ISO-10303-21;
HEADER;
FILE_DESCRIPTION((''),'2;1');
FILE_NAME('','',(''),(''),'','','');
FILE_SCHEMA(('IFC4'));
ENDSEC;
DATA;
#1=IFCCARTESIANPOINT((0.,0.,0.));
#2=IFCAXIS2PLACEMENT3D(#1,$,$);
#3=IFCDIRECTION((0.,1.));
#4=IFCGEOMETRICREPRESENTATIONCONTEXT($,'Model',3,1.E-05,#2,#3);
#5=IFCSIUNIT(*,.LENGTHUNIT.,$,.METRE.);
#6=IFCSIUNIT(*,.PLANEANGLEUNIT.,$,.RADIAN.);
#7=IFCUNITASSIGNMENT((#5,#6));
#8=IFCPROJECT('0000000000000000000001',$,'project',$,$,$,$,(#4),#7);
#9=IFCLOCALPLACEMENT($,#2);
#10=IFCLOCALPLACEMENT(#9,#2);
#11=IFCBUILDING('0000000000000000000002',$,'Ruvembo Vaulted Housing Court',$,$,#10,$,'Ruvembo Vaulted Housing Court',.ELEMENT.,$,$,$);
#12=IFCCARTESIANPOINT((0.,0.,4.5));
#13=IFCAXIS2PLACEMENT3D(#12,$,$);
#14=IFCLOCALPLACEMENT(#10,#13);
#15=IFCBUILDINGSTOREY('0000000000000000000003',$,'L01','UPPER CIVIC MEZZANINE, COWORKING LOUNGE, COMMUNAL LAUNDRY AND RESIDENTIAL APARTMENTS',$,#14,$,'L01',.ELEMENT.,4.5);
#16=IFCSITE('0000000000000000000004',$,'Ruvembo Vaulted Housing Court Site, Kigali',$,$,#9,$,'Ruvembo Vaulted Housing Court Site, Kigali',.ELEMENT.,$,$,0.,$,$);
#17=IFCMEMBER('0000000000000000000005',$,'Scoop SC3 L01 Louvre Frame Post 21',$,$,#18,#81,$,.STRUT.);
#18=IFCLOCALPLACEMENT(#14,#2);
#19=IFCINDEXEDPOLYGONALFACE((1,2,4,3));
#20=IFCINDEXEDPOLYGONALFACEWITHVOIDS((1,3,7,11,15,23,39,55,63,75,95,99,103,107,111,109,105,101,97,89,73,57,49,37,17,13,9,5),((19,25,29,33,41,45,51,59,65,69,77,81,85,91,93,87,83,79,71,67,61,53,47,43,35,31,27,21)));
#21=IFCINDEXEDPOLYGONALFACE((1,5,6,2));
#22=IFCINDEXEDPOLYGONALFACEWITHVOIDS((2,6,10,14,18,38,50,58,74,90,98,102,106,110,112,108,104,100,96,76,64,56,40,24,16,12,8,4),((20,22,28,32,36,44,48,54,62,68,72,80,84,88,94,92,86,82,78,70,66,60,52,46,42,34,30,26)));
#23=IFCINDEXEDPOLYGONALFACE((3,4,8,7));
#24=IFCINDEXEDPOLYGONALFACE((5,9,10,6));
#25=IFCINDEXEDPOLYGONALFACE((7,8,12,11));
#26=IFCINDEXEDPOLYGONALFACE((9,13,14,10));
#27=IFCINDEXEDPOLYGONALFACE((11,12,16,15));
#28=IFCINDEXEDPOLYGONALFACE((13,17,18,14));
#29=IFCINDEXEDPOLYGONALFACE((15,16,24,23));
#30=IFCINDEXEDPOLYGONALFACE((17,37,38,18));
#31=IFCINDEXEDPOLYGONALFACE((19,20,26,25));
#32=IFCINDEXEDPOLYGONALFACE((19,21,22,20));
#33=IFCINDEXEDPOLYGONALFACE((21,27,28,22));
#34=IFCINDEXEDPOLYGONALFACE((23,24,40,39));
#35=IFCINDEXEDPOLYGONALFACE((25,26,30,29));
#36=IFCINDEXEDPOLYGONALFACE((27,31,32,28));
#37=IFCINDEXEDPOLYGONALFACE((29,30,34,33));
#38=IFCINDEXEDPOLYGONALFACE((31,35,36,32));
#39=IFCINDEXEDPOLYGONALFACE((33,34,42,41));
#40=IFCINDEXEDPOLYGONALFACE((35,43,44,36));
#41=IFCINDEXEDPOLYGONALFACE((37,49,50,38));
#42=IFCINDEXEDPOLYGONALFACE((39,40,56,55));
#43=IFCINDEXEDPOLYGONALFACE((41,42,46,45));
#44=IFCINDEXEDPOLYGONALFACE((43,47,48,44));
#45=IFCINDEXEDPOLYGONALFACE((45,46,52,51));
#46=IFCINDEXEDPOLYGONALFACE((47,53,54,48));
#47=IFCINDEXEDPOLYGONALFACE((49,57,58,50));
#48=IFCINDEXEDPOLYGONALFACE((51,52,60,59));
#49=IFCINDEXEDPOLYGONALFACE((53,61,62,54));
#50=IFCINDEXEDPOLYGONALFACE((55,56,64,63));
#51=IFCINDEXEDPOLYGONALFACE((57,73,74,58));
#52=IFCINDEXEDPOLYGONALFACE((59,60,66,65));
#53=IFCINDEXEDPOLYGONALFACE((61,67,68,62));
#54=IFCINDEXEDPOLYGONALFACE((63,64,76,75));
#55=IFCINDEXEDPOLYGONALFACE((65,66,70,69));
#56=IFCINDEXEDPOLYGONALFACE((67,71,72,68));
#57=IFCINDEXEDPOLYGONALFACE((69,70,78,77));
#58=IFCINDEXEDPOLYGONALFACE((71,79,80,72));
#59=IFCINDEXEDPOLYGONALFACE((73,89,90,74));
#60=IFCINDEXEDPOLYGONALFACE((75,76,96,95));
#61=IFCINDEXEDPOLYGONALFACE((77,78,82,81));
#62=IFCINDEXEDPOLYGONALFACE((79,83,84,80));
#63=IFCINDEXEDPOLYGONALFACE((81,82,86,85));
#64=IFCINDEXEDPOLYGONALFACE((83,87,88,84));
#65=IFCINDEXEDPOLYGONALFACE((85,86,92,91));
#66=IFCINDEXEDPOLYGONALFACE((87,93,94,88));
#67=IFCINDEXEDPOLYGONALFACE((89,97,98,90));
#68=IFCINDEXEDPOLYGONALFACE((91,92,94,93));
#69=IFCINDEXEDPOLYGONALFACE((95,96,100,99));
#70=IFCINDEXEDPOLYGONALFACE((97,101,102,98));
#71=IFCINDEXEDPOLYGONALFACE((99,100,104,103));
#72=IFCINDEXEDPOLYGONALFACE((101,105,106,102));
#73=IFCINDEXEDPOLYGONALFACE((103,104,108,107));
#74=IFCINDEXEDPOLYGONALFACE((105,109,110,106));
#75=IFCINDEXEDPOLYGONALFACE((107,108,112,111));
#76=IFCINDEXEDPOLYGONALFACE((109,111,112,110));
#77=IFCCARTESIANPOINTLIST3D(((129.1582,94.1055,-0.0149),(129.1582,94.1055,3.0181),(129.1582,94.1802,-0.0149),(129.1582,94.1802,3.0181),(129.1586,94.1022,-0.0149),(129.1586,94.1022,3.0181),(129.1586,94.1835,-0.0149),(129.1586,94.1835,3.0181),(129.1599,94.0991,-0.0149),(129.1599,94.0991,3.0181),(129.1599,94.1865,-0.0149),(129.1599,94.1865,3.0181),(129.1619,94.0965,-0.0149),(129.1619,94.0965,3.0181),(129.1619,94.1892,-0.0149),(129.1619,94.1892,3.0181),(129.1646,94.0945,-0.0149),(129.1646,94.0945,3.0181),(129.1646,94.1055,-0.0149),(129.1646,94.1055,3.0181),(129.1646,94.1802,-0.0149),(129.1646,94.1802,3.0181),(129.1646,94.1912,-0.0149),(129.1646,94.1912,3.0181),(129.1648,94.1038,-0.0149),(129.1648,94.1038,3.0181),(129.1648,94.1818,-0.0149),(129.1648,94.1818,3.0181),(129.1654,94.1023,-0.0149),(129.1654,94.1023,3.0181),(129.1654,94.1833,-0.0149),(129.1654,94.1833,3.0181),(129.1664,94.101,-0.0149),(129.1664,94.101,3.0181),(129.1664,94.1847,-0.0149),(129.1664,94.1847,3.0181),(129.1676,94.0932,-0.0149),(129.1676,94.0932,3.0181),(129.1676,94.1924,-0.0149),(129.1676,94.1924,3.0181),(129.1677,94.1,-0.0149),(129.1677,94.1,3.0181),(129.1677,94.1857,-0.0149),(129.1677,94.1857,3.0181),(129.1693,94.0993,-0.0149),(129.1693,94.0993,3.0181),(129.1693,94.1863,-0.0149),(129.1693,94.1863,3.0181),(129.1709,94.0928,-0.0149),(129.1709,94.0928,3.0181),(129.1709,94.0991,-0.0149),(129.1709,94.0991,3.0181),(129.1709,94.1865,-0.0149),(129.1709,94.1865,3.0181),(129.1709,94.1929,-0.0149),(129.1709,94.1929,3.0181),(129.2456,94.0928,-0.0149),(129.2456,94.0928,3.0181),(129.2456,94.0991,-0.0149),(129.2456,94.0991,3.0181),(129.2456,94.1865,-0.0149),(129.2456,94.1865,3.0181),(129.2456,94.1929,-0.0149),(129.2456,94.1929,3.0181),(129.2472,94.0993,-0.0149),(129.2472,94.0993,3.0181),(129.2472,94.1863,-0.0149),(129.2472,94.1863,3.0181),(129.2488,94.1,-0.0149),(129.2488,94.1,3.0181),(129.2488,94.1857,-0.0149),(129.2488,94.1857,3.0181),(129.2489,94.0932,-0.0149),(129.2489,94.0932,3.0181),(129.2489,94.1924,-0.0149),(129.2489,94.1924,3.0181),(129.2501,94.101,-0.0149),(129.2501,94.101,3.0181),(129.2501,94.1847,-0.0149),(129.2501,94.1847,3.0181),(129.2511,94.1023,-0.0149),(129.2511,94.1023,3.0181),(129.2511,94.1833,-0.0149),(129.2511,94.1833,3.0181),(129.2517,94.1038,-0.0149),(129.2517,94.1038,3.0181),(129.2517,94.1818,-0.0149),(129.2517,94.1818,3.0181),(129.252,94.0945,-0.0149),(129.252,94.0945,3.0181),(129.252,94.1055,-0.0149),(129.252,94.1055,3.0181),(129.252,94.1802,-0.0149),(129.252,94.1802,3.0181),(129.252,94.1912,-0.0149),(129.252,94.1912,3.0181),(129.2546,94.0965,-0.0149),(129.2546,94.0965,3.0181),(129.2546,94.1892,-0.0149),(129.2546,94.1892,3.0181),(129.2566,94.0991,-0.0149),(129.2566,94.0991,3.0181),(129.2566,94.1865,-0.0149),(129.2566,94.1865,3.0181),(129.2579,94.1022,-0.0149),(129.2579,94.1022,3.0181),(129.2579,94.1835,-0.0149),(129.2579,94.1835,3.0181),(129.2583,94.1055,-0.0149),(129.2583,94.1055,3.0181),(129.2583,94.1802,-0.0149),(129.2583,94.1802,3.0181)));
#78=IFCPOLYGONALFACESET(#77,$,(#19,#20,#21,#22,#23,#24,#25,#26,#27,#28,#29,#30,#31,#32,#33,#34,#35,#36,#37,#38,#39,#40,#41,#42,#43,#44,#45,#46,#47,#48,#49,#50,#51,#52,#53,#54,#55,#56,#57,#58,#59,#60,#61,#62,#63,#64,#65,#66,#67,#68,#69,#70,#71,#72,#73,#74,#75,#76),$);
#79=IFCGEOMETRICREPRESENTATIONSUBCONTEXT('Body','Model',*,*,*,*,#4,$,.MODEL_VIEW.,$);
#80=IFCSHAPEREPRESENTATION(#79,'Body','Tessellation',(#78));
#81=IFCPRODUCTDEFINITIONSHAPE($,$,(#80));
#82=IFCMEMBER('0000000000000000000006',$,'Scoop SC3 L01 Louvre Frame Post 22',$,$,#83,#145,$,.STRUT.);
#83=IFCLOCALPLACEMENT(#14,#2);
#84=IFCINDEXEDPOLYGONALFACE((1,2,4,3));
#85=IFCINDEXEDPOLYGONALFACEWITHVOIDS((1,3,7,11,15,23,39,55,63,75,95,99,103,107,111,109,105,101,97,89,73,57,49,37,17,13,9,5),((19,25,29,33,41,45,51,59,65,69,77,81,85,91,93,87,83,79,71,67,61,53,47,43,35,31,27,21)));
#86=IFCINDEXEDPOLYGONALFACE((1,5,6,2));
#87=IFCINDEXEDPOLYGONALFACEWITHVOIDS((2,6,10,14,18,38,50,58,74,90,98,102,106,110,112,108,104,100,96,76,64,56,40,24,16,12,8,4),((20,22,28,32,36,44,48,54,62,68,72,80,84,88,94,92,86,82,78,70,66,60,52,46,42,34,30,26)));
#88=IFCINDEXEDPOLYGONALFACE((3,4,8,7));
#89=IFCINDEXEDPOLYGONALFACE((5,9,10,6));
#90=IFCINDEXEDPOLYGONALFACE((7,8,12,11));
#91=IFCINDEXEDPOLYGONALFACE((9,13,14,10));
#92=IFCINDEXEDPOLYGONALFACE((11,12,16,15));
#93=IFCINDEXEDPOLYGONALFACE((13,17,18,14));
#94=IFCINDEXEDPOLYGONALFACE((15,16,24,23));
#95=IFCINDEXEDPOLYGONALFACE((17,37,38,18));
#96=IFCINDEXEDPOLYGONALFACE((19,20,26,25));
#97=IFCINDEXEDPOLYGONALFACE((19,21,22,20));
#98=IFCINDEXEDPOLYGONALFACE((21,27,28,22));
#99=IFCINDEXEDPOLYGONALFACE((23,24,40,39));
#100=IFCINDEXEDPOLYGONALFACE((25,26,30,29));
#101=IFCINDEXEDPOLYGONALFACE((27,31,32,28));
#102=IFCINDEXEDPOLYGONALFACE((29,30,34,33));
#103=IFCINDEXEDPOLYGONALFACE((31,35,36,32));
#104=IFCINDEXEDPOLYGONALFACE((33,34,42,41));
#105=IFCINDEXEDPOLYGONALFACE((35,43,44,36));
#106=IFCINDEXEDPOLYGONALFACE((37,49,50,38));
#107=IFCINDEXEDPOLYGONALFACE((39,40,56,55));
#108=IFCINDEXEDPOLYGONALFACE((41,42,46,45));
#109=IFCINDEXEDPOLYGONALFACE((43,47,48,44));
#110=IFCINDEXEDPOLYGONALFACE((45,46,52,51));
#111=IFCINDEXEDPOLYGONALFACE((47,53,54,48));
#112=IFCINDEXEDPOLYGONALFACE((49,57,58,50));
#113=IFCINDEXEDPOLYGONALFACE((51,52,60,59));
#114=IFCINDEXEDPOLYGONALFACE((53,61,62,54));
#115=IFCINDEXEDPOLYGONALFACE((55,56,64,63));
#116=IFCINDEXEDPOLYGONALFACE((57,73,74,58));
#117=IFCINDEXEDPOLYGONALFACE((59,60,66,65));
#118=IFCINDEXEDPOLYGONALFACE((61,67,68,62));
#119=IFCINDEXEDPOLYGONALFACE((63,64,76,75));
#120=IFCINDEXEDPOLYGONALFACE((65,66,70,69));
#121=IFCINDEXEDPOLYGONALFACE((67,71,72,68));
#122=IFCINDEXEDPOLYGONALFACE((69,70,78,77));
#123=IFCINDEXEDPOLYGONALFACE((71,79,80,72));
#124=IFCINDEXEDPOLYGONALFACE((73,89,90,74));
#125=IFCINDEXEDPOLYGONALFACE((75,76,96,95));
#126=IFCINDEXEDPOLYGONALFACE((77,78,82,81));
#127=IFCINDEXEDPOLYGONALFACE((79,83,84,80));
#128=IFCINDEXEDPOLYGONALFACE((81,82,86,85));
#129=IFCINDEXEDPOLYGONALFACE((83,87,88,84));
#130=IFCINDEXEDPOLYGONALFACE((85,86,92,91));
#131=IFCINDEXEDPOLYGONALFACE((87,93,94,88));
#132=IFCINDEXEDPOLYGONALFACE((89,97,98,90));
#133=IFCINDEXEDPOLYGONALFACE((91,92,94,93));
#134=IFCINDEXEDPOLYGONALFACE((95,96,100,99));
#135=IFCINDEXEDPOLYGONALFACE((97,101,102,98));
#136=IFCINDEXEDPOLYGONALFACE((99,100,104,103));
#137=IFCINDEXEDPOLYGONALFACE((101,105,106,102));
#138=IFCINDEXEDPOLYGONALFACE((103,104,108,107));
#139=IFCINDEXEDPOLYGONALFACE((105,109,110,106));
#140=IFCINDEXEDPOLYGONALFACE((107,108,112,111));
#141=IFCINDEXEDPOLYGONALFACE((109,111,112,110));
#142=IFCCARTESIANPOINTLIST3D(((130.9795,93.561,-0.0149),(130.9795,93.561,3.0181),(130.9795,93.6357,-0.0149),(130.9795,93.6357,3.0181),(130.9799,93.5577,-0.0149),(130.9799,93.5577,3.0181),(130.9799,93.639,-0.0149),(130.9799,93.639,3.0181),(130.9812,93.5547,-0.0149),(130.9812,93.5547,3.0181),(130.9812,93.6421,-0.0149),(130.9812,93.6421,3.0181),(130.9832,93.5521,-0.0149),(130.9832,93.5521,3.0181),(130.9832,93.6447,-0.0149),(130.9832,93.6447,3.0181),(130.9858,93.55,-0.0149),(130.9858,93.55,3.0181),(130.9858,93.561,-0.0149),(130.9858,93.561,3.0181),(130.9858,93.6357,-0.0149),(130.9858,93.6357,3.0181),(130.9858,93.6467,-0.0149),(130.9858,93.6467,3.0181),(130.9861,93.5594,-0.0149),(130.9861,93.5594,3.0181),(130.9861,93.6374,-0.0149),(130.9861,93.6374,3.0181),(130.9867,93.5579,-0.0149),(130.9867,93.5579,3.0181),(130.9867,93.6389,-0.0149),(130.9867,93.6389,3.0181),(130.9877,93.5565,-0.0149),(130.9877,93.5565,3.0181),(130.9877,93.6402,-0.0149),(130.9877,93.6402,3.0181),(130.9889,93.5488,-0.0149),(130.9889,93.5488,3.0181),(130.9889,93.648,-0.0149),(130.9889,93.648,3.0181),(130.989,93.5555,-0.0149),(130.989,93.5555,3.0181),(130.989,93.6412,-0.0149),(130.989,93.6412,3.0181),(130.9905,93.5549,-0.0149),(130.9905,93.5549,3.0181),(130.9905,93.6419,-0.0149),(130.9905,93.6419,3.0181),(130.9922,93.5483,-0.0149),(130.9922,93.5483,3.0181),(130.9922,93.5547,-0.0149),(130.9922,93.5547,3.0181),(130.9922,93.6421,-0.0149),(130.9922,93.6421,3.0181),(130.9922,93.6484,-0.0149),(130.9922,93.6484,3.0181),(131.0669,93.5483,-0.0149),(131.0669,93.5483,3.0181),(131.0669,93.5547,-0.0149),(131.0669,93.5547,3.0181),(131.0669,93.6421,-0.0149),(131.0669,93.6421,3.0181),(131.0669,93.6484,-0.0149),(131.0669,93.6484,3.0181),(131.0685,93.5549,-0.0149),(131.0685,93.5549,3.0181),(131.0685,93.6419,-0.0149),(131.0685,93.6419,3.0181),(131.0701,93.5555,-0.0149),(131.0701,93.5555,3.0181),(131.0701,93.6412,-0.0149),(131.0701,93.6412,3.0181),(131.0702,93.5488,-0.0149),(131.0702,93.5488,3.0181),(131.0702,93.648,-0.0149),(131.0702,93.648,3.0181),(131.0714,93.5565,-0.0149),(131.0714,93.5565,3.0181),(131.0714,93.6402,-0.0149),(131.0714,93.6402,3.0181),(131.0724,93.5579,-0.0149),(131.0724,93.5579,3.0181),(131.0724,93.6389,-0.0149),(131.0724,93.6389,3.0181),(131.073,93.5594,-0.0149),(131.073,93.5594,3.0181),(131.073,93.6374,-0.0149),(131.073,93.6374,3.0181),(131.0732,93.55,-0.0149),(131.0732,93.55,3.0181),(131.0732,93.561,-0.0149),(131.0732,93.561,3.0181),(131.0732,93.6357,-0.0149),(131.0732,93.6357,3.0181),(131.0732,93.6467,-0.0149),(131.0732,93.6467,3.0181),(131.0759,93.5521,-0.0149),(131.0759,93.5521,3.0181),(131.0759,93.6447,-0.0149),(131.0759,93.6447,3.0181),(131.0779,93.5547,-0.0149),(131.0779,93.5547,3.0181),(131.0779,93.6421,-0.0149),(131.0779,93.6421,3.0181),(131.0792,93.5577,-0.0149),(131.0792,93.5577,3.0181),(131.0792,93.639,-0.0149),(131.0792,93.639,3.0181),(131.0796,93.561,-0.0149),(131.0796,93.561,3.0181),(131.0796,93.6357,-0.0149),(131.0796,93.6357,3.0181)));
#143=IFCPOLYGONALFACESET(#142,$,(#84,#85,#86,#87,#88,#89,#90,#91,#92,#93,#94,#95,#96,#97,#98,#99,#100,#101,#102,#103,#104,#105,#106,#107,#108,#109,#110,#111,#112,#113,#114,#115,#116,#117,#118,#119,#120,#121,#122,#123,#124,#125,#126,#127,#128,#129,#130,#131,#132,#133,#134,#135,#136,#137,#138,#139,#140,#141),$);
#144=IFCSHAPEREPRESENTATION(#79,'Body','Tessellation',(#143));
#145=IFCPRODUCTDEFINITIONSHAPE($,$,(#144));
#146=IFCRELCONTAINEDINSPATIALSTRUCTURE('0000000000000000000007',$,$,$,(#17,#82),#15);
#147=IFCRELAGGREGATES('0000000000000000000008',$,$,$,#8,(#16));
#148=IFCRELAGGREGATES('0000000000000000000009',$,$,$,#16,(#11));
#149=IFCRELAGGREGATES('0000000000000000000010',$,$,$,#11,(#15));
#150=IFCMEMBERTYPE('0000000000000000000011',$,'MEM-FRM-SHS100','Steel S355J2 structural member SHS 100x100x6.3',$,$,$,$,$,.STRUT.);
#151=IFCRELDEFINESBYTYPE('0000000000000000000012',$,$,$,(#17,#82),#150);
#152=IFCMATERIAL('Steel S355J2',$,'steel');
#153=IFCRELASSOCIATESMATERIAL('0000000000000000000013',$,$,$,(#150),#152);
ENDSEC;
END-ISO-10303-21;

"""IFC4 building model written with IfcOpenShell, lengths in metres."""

from ifc_helpers import new_model, si_unit, direction, frame, origin, origin_2d, place, context, subcontext, project, spatial, hollow_rectangle, extrude, material, material_profile, profile_set, type_object, element, save


model = new_model("IFC4")

# Units and contexts
model_context = context("Model", 3, precision=1e-05, world=origin(), true_north=direction((0.0, 1.0)))
body_context = subcontext(model_context, "Body", "Model", "MODEL_VIEW")
ifc_project = project(units=[si_unit("LENGTHUNIT", "METRE"), si_unit("PLANEANGLEUNIT", "RADIAN")], contexts=[model_context])

# Site, building, storey
site_placement = place(None, origin())
site = spatial("IfcSite", under=ifc_project, at=site_placement, Name="Ruvembo Vaulted Housing Court Site, Kigali", LongName="Ruvembo Vaulted Housing Court Site, Kigali", CompositionType="ELEMENT", RefElevation=0.0)
building_placement = place(site_placement, origin())
building = spatial("IfcBuilding", under=site, at=building_placement, Name="Ruvembo Vaulted Housing Court", LongName="Ruvembo Vaulted Housing Court", CompositionType="ELEMENT")
storey_placement = place(building_placement, frame((0.0, 0.0, 4.5)))
storey = spatial("IfcBuildingStorey", under=building, at=storey_placement, Name="L01", Description="UPPER CIVIC MEZZANINE, COWORKING LOUNGE, COMMUNAL LAUNDRY AND RESIDENTIAL APARTMENTS", LongName="L01", CompositionType="ELEMENT", Elevation=4.5)

# Shared definitions
ifc_material_1 = material(Name="Steel S355J2", Category="steel")

# Members
ifc_material_profile_1 = material_profile(ifc_material_1, hollow_rectangle(XDim=0.1001, YDim=0.1001, WallThickness=0.0063, InnerFilletRadius=0.0063, OuterFilletRadius=0.0127, at=origin_2d()), Name="SHS 100x100x6.3")
ifc_profile_set_1 = profile_set([ifc_material_profile_1], Name="Steel S355J2")
member_type_1 = type_object("IfcMemberType", Name="MEM-FRM-SHS100", Description="Steel S355J2 structural member SHS 100x100x6.3", PredefinedType="STRUT", material=ifc_profile_set_1)
for number, where, z_axis, x_axis, name in (
    (1, (129.2083, 94.1428, -0.0149), (0.0, 0.0, 1.0), (1.0, 0.0, 0.0), "Scoop SC3 L01 Louvre Frame Post 21"),
    (2, (131.0295, 93.5984, -0.0149), (0.0, 0.0, 1.0), (1.0, 0.0, 0.0), "Scoop SC3 L01 Louvre Frame Post 22"),
):
    element("IfcMember", number, at=place(storey_placement, frame(where, z_axis=z_axis, x_axis=x_axis)), inside=storey, type_object=member_type_1, Name=name, PredefinedType="STRUT", context=body_context, shape_type="SweptSolid", body=[
        extrude(hollow_rectangle(XDim=0.1001, YDim=0.1001, WallThickness=0.0063, InnerFilletRadius=0.0063, OuterFilletRadius=0.0127, at=origin_2d()), origin(), (0.0, 0.0, 1.0), 3.033),
    ])

save(model, "model.ifc")
